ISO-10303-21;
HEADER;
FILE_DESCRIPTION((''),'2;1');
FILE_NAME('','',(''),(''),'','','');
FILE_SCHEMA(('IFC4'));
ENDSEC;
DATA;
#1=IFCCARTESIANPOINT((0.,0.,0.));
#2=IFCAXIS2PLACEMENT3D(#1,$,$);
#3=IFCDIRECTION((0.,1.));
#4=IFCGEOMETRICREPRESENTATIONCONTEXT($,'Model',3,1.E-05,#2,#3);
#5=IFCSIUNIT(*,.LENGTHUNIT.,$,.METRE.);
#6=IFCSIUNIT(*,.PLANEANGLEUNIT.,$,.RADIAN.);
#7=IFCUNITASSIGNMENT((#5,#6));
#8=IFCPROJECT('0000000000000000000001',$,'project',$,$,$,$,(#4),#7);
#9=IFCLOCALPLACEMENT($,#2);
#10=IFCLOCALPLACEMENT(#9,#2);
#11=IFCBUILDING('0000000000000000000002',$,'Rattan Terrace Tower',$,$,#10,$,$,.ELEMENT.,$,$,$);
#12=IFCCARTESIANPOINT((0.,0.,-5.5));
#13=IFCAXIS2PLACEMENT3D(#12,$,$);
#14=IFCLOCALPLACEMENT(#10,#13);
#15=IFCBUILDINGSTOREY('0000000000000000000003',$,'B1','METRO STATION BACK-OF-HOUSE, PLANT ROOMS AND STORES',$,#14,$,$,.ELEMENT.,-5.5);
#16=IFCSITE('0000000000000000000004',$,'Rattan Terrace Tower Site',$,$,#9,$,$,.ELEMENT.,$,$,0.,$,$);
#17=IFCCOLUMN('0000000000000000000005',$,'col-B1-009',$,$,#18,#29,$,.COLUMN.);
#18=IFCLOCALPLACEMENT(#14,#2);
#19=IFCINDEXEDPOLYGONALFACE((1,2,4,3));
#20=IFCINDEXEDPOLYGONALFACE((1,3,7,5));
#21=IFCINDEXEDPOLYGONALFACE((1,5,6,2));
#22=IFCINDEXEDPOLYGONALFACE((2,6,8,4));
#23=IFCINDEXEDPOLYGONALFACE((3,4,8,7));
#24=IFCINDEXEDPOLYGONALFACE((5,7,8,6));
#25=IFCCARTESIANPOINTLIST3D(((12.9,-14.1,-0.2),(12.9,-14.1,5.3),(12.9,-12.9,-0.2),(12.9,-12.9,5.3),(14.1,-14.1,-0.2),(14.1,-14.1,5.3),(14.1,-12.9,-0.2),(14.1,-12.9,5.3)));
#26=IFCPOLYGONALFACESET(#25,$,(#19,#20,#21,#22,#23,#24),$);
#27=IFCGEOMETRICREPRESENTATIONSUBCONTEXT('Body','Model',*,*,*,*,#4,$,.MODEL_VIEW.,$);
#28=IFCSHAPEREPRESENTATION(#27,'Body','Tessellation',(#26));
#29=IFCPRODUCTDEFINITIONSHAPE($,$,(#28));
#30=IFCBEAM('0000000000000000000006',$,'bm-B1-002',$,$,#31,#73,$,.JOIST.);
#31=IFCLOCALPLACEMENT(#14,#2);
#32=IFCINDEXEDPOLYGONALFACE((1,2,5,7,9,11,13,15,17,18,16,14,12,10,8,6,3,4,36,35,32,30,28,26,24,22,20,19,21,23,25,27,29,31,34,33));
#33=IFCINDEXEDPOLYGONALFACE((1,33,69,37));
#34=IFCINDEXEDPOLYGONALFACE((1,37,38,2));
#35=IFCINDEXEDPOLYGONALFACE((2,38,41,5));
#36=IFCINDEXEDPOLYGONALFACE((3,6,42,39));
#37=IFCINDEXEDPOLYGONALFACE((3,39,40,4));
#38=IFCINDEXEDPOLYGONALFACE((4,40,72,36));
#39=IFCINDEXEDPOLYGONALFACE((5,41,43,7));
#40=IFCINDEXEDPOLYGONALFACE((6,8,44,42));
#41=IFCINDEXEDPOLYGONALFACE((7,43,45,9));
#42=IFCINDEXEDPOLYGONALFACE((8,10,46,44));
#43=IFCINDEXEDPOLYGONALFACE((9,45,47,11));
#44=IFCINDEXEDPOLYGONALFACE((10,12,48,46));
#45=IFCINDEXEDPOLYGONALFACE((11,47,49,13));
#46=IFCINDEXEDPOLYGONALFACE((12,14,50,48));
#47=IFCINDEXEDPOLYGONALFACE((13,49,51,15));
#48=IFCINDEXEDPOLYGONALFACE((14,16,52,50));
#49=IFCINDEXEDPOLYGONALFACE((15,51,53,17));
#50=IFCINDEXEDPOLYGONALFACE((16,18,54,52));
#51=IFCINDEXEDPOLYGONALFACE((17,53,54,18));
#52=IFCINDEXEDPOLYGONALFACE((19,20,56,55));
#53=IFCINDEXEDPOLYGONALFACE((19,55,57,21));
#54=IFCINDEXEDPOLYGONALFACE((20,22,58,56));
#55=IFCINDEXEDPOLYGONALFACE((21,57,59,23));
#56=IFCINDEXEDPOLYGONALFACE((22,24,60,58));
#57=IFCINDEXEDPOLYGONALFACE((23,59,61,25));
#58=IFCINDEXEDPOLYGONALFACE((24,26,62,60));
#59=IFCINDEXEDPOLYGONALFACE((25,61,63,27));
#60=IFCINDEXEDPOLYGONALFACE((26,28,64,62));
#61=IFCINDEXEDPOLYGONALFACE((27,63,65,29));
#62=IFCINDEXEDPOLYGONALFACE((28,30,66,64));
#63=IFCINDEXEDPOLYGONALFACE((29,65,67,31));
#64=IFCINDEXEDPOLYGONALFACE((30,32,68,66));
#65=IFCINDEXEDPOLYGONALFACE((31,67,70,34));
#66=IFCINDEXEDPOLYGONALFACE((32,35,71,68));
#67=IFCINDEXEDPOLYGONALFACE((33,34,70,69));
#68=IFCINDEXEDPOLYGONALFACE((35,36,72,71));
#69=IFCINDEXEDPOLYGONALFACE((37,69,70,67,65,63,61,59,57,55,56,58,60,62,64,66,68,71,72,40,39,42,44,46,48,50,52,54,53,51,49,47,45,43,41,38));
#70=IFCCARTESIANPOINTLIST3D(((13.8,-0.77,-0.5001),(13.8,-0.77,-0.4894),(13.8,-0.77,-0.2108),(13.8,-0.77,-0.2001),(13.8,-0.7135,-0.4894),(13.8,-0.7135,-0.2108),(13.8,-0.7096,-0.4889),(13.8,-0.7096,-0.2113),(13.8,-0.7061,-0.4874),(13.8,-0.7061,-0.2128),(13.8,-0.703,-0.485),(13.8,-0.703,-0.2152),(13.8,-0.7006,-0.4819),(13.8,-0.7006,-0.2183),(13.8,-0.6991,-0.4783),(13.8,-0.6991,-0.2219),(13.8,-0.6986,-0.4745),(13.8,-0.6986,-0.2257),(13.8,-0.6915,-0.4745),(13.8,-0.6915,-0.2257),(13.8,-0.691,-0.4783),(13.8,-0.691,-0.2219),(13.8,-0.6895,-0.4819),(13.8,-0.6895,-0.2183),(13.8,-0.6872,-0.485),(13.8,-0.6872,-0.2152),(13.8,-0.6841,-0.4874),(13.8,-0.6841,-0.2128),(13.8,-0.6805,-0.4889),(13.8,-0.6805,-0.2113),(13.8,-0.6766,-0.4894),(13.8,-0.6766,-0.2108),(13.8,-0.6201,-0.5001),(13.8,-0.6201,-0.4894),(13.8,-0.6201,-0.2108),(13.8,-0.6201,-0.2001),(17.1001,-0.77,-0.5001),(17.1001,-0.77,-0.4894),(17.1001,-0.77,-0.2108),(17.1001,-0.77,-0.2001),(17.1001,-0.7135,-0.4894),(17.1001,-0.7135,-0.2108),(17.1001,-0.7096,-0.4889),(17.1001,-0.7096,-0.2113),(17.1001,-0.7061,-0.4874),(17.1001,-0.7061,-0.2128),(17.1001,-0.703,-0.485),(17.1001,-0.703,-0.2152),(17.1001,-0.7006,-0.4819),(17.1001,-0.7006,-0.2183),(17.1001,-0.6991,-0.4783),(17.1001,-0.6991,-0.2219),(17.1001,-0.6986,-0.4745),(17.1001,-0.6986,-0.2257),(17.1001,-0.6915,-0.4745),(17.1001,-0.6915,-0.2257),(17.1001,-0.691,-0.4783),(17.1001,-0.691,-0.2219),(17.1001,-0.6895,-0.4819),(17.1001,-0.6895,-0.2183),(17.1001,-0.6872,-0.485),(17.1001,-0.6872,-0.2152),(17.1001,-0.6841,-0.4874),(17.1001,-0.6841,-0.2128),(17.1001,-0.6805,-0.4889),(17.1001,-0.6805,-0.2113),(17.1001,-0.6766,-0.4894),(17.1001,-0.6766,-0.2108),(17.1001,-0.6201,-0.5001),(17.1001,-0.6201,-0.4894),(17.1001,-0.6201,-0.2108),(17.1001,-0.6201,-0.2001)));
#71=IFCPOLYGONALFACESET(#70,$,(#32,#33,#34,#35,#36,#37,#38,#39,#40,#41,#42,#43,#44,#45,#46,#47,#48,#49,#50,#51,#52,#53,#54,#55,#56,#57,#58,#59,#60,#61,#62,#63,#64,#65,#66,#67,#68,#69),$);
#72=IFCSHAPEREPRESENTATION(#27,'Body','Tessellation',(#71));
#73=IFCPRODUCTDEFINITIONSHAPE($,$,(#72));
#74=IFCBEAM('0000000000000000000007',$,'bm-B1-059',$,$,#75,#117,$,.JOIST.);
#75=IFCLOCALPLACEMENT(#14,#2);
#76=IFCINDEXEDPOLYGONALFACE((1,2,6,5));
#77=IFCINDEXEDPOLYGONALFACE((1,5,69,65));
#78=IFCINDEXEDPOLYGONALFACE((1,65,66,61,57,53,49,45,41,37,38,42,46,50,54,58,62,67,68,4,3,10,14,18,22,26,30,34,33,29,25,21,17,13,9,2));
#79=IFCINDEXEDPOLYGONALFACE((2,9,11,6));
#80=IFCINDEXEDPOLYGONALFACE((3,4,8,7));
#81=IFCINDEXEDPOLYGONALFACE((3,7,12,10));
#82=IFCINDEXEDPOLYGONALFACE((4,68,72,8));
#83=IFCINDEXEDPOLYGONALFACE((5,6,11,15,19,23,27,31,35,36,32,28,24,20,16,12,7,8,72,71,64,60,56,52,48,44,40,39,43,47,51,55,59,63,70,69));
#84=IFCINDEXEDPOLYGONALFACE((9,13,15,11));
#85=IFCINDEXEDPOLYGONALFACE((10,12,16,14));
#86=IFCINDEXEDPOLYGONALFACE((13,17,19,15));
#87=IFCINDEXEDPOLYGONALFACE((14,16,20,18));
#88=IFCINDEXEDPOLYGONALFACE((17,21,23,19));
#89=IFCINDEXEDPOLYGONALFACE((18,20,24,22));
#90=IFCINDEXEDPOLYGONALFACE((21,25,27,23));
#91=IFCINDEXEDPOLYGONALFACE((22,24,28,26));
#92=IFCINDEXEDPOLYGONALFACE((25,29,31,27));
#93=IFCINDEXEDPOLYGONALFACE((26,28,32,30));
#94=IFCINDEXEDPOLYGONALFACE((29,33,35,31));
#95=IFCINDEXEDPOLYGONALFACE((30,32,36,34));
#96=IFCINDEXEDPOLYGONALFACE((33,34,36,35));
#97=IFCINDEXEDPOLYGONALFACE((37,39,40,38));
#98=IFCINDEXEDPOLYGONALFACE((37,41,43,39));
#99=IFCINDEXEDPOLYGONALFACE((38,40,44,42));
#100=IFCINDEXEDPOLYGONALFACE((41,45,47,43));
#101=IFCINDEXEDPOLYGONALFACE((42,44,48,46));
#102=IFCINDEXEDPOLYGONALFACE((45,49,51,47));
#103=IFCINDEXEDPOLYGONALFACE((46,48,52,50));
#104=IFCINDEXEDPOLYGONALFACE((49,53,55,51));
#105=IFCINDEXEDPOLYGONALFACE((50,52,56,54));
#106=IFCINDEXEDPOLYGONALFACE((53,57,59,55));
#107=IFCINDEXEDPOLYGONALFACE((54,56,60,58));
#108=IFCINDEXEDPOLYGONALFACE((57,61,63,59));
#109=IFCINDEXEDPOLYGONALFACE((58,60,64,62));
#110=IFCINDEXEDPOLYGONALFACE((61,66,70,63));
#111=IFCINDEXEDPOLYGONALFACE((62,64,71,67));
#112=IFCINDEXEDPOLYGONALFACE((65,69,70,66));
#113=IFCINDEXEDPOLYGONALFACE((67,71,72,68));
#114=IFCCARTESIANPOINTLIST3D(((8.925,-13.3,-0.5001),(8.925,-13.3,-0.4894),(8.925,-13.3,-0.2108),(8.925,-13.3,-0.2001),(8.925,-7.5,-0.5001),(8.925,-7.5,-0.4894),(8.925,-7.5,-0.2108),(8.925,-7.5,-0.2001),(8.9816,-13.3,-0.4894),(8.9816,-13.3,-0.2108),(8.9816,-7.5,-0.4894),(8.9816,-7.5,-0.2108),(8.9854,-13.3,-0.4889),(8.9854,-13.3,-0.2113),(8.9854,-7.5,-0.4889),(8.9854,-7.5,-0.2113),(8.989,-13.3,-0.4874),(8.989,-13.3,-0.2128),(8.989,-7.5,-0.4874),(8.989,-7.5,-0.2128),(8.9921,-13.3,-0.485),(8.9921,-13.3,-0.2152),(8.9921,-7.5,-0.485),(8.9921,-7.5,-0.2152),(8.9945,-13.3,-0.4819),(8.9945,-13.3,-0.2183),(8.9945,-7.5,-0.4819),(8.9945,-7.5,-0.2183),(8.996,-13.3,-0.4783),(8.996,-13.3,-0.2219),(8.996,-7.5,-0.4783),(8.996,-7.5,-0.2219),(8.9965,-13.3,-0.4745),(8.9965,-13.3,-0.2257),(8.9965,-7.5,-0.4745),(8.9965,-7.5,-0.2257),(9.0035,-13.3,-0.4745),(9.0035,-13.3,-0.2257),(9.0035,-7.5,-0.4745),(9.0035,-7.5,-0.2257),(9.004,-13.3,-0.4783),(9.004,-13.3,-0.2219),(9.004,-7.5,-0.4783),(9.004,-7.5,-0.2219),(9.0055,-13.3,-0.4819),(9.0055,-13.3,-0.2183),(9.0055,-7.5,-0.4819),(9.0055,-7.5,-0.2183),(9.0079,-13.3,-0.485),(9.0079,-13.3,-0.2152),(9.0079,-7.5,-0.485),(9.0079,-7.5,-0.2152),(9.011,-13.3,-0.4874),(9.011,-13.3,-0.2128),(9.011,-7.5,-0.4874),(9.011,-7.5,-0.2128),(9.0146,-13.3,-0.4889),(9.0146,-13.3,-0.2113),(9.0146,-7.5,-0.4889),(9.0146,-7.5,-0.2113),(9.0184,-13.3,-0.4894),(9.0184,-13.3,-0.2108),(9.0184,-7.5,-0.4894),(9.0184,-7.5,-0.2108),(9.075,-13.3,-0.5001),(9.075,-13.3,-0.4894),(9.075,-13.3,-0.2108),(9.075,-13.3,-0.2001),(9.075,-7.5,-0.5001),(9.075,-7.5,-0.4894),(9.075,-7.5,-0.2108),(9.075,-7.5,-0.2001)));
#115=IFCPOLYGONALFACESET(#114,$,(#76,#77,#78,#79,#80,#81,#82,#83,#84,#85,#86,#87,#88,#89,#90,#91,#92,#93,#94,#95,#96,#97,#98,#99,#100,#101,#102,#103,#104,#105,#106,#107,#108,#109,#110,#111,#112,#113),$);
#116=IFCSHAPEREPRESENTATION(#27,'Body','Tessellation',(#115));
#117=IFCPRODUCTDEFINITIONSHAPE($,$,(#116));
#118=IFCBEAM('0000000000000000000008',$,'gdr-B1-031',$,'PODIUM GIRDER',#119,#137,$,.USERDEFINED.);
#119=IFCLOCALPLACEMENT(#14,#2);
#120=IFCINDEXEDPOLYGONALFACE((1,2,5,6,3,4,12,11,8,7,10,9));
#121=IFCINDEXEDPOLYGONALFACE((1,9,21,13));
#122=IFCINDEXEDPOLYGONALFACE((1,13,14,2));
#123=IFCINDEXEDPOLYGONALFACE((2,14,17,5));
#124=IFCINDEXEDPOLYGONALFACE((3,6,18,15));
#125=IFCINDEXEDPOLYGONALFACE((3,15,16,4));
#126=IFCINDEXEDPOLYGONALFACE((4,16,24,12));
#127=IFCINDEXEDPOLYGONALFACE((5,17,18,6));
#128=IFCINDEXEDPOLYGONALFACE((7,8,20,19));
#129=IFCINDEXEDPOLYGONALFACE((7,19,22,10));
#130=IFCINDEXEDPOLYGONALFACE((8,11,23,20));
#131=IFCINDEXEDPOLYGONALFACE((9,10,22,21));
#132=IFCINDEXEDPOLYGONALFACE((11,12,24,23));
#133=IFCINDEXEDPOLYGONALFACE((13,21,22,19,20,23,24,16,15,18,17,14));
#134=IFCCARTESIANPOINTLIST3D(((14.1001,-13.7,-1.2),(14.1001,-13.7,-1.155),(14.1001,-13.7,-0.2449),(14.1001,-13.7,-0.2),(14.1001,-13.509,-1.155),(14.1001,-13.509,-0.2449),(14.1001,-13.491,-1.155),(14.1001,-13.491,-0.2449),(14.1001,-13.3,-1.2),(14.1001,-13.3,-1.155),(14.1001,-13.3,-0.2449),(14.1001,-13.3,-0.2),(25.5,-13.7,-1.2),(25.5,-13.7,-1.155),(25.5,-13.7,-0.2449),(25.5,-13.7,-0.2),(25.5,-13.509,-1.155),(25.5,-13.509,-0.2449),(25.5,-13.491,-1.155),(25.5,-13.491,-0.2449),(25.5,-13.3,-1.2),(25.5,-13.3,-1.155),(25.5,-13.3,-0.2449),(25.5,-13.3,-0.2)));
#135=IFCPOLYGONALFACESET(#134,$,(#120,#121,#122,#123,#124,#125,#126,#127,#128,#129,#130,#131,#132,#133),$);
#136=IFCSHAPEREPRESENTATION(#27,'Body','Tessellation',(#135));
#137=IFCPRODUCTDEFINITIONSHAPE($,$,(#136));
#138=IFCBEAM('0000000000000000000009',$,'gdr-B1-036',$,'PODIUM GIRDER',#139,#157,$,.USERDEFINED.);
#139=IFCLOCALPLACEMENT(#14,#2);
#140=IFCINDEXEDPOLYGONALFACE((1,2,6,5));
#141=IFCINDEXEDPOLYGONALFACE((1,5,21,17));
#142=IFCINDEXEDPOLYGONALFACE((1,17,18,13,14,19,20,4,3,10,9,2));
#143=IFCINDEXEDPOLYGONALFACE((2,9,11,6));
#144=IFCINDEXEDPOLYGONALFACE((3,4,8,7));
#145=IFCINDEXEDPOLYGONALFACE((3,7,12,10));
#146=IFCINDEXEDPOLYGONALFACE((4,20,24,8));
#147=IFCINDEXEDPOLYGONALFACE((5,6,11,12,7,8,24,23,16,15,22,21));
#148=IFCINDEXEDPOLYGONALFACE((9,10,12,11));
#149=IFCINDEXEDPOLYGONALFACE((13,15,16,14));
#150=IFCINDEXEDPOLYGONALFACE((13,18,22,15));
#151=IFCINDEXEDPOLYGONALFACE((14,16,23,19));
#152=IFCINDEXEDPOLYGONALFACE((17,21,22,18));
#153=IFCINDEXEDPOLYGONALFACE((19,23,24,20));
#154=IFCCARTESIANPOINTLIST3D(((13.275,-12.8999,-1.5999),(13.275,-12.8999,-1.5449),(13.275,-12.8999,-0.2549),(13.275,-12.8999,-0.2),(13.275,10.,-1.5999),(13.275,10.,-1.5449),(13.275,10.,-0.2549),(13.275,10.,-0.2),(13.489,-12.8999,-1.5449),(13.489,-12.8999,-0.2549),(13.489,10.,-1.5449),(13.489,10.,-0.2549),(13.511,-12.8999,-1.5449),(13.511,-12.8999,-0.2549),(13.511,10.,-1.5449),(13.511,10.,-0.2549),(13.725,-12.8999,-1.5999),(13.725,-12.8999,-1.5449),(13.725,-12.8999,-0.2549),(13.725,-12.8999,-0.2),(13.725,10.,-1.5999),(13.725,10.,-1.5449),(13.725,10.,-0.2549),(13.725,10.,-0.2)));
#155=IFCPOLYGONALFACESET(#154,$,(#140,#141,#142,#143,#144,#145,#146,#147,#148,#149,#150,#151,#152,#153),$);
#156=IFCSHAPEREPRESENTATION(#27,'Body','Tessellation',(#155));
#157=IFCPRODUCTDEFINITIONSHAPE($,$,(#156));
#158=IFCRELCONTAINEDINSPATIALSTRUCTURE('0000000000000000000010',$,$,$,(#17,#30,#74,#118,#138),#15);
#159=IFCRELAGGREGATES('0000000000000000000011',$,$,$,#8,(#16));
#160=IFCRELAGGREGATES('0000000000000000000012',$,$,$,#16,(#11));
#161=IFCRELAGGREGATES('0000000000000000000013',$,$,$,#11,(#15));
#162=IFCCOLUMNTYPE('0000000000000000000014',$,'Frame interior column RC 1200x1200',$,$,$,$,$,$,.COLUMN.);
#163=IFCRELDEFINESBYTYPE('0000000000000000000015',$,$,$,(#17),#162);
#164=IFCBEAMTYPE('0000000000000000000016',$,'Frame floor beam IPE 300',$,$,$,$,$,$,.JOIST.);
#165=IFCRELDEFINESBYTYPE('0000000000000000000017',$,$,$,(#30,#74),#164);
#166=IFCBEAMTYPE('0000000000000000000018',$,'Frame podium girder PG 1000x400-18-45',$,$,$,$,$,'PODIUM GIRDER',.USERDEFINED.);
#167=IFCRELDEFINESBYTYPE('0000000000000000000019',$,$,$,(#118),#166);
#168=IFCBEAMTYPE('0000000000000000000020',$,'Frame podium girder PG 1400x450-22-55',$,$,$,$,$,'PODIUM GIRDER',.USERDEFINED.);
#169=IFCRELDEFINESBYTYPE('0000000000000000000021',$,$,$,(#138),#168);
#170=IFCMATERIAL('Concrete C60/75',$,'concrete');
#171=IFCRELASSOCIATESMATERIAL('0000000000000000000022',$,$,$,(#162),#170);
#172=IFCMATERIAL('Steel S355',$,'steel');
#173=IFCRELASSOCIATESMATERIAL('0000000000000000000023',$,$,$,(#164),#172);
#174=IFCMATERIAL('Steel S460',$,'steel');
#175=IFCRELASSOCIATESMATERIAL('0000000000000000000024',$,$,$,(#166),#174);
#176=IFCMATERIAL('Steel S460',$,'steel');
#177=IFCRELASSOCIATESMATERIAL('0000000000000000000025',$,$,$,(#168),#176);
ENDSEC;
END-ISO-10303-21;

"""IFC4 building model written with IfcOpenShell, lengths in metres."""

from ifc_helpers import new_model, si_unit, direction, frame, origin, origin_2d, place, context, subcontext, project, spatial, rectangle, i_section, extrude, material, material_profile, profile_set, type_object, element, save


model = new_model("IFC4")

# Units and contexts
model_context = context("Model", 3, precision=1e-05, world=origin(), true_north=direction((0.0, 1.0)))
body_context = subcontext(model_context, "Body", "Model", "MODEL_VIEW")
ifc_project = project(units=[si_unit("LENGTHUNIT", "METRE"), si_unit("PLANEANGLEUNIT", "RADIAN")], contexts=[model_context])

# Site, building, storey
site_placement = place(None, origin())
site = spatial("IfcSite", under=ifc_project, at=site_placement, Name="Rattan Terrace Tower Site", CompositionType="ELEMENT", RefElevation=0.0)
building_placement = place(site_placement, origin())
building = spatial("IfcBuilding", under=site, at=building_placement, Name="Rattan Terrace Tower", CompositionType="ELEMENT")
storey_placement = place(building_placement, frame((0.0, 0.0, -5.5)))
storey = spatial("IfcBuildingStorey", under=building, at=storey_placement, Name="B1", Description="METRO STATION BACK-OF-HOUSE, PLANT ROOMS AND STORES", CompositionType="ELEMENT", Elevation=-5.5)

# Column
ifc_material_1 = material(Name="Concrete C60/75", Category="concrete")
ifc_material_profile_1 = material_profile(ifc_material_1, rectangle(XDim=1.2, YDim=1.2, at=origin_2d()), Name="RC 1200x1200")
ifc_profile_set_1 = profile_set([ifc_material_profile_1], Name="Concrete C60/75")
column_type = type_object("IfcColumnType", Name="Frame interior column RC 1200x1200", PredefinedType="COLUMN", material=ifc_profile_set_1)
column_placement = place(storey_placement, frame((13.5, -13.5, -0.2), z_axis=(0.0, 0.0, 1.0), x_axis=(1.0, 0.0, 0.0)))
element("IfcColumn", 1, at=column_placement, inside=storey, type_object=column_type, Name="col-B1-009", PredefinedType="COLUMN", context=body_context, shape_type="SweptSolid", body=[
    extrude(rectangle(XDim=1.2, YDim=1.2, at=origin_2d()), origin(), (0.0, 0.0, 1.0), 5.5),
])

# Beams
ifc_material_2 = material(Name="Steel S355", Category="steel")
ifc_material_profile_2 = material_profile(ifc_material_2, i_section(OverallWidth=0.1499, OverallDepth=0.3, WebThickness=0.0071, FlangeThickness=0.0107, FilletRadius=0.0149, at=origin_2d()), Name="IPE 300")
ifc_profile_set_2 = profile_set([ifc_material_profile_2], Name="Steel S355")
beam_type_1 = type_object("IfcBeamType", Name="Frame floor beam IPE 300", PredefinedType="JOIST", material=ifc_profile_set_2)
beam_1_placement = place(storey_placement, frame((13.8, -0.6951, -0.3501), z_axis=(1.0, 0.0, 0.0), x_axis=(0.0, 1.0, 0.0)))
element("IfcBeam", 2, at=beam_1_placement, inside=storey, type_object=beam_type_1, Name="bm-B1-002", PredefinedType="JOIST", context=body_context, shape_type="SweptSolid", body=[
    extrude(i_section(OverallWidth=0.1499, OverallDepth=0.3, WebThickness=0.0071, FlangeThickness=0.0107, FilletRadius=0.0149, at=origin_2d()), origin(), (0.0, 0.0, 1.0), 3.3),
])
beam_2_placement = place(storey_placement, frame((9.0, -13.3, -0.3501), z_axis=(0.0, 1.0, 0.0), x_axis=(-1.0, 0.0, 0.0)))
element("IfcBeam", 3, at=beam_2_placement, inside=storey, type_object=beam_type_1, Name="bm-B1-059", PredefinedType="JOIST", context=body_context, shape_type="SweptSolid", body=[
    extrude(i_section(OverallWidth=0.1499, OverallDepth=0.3, WebThickness=0.0071, FlangeThickness=0.0107, FilletRadius=0.0149, at=origin_2d()), origin(), (0.0, 0.0, 1.0), 5.8),
])
ifc_material_3 = material(Name="Steel S460", Category="steel")
ifc_material_profile_3 = material_profile(ifc_material_3, i_section(OverallWidth=0.3999, OverallDepth=1.0, WebThickness=0.0181, FlangeThickness=0.0449, at=origin_2d()), Name="PG 1000x400-18-45")
ifc_profile_set_3 = profile_set([ifc_material_profile_3], Name="Steel S460")
beam_type_2 = type_object("IfcBeamType", Name="Frame podium girder PG 1000x400-18-45", ElementType="PODIUM GIRDER", PredefinedType="USERDEFINED", material=ifc_profile_set_3)
beam_3_placement = place(storey_placement, frame((14.1001, -13.5, -0.7), z_axis=(1.0, 0.0, 0.0), x_axis=(0.0, 1.0, 0.0)))
element("IfcBeam", 4, at=beam_3_placement, inside=storey, type_object=beam_type_2, Name="gdr-B1-031", ObjectType="PODIUM GIRDER", PredefinedType="USERDEFINED", context=body_context, shape_type="SweptSolid", body=[
    extrude(i_section(OverallWidth=0.3999, OverallDepth=1.0, WebThickness=0.0181, FlangeThickness=0.0449, at=origin_2d()), origin(), (0.0, 0.0, 1.0), 11.3999),
])
ifc_material_4 = material(Name="Steel S460", Category="steel")
ifc_material_profile_4 = material_profile(ifc_material_4, i_section(OverallWidth=0.45, OverallDepth=1.3999, WebThickness=0.022, FlangeThickness=0.0549, at=origin_2d()), Name="PG 1400x450-22-55")
ifc_profile_set_4 = profile_set([ifc_material_profile_4], Name="Steel S460")
beam_type_3 = type_object("IfcBeamType", Name="Frame podium girder PG 1400x450-22-55", ElementType="PODIUM GIRDER", PredefinedType="USERDEFINED", material=ifc_profile_set_4)
beam_4_placement = place(storey_placement, frame((13.5, -12.8999, -0.8999), z_axis=(0.0, 1.0, 0.0), x_axis=(-1.0, 0.0, 0.0)))
element("IfcBeam", 5, at=beam_4_placement, inside=storey, type_object=beam_type_3, Name="gdr-B1-036", ObjectType="PODIUM GIRDER", PredefinedType="USERDEFINED", context=body_context, shape_type="SweptSolid", body=[
    extrude(i_section(OverallWidth=0.45, OverallDepth=1.3999, WebThickness=0.022, FlangeThickness=0.0549, at=origin_2d()), origin(), (0.0, 0.0, 1.0), 22.8999),
])

save(model, "model.ifc")
